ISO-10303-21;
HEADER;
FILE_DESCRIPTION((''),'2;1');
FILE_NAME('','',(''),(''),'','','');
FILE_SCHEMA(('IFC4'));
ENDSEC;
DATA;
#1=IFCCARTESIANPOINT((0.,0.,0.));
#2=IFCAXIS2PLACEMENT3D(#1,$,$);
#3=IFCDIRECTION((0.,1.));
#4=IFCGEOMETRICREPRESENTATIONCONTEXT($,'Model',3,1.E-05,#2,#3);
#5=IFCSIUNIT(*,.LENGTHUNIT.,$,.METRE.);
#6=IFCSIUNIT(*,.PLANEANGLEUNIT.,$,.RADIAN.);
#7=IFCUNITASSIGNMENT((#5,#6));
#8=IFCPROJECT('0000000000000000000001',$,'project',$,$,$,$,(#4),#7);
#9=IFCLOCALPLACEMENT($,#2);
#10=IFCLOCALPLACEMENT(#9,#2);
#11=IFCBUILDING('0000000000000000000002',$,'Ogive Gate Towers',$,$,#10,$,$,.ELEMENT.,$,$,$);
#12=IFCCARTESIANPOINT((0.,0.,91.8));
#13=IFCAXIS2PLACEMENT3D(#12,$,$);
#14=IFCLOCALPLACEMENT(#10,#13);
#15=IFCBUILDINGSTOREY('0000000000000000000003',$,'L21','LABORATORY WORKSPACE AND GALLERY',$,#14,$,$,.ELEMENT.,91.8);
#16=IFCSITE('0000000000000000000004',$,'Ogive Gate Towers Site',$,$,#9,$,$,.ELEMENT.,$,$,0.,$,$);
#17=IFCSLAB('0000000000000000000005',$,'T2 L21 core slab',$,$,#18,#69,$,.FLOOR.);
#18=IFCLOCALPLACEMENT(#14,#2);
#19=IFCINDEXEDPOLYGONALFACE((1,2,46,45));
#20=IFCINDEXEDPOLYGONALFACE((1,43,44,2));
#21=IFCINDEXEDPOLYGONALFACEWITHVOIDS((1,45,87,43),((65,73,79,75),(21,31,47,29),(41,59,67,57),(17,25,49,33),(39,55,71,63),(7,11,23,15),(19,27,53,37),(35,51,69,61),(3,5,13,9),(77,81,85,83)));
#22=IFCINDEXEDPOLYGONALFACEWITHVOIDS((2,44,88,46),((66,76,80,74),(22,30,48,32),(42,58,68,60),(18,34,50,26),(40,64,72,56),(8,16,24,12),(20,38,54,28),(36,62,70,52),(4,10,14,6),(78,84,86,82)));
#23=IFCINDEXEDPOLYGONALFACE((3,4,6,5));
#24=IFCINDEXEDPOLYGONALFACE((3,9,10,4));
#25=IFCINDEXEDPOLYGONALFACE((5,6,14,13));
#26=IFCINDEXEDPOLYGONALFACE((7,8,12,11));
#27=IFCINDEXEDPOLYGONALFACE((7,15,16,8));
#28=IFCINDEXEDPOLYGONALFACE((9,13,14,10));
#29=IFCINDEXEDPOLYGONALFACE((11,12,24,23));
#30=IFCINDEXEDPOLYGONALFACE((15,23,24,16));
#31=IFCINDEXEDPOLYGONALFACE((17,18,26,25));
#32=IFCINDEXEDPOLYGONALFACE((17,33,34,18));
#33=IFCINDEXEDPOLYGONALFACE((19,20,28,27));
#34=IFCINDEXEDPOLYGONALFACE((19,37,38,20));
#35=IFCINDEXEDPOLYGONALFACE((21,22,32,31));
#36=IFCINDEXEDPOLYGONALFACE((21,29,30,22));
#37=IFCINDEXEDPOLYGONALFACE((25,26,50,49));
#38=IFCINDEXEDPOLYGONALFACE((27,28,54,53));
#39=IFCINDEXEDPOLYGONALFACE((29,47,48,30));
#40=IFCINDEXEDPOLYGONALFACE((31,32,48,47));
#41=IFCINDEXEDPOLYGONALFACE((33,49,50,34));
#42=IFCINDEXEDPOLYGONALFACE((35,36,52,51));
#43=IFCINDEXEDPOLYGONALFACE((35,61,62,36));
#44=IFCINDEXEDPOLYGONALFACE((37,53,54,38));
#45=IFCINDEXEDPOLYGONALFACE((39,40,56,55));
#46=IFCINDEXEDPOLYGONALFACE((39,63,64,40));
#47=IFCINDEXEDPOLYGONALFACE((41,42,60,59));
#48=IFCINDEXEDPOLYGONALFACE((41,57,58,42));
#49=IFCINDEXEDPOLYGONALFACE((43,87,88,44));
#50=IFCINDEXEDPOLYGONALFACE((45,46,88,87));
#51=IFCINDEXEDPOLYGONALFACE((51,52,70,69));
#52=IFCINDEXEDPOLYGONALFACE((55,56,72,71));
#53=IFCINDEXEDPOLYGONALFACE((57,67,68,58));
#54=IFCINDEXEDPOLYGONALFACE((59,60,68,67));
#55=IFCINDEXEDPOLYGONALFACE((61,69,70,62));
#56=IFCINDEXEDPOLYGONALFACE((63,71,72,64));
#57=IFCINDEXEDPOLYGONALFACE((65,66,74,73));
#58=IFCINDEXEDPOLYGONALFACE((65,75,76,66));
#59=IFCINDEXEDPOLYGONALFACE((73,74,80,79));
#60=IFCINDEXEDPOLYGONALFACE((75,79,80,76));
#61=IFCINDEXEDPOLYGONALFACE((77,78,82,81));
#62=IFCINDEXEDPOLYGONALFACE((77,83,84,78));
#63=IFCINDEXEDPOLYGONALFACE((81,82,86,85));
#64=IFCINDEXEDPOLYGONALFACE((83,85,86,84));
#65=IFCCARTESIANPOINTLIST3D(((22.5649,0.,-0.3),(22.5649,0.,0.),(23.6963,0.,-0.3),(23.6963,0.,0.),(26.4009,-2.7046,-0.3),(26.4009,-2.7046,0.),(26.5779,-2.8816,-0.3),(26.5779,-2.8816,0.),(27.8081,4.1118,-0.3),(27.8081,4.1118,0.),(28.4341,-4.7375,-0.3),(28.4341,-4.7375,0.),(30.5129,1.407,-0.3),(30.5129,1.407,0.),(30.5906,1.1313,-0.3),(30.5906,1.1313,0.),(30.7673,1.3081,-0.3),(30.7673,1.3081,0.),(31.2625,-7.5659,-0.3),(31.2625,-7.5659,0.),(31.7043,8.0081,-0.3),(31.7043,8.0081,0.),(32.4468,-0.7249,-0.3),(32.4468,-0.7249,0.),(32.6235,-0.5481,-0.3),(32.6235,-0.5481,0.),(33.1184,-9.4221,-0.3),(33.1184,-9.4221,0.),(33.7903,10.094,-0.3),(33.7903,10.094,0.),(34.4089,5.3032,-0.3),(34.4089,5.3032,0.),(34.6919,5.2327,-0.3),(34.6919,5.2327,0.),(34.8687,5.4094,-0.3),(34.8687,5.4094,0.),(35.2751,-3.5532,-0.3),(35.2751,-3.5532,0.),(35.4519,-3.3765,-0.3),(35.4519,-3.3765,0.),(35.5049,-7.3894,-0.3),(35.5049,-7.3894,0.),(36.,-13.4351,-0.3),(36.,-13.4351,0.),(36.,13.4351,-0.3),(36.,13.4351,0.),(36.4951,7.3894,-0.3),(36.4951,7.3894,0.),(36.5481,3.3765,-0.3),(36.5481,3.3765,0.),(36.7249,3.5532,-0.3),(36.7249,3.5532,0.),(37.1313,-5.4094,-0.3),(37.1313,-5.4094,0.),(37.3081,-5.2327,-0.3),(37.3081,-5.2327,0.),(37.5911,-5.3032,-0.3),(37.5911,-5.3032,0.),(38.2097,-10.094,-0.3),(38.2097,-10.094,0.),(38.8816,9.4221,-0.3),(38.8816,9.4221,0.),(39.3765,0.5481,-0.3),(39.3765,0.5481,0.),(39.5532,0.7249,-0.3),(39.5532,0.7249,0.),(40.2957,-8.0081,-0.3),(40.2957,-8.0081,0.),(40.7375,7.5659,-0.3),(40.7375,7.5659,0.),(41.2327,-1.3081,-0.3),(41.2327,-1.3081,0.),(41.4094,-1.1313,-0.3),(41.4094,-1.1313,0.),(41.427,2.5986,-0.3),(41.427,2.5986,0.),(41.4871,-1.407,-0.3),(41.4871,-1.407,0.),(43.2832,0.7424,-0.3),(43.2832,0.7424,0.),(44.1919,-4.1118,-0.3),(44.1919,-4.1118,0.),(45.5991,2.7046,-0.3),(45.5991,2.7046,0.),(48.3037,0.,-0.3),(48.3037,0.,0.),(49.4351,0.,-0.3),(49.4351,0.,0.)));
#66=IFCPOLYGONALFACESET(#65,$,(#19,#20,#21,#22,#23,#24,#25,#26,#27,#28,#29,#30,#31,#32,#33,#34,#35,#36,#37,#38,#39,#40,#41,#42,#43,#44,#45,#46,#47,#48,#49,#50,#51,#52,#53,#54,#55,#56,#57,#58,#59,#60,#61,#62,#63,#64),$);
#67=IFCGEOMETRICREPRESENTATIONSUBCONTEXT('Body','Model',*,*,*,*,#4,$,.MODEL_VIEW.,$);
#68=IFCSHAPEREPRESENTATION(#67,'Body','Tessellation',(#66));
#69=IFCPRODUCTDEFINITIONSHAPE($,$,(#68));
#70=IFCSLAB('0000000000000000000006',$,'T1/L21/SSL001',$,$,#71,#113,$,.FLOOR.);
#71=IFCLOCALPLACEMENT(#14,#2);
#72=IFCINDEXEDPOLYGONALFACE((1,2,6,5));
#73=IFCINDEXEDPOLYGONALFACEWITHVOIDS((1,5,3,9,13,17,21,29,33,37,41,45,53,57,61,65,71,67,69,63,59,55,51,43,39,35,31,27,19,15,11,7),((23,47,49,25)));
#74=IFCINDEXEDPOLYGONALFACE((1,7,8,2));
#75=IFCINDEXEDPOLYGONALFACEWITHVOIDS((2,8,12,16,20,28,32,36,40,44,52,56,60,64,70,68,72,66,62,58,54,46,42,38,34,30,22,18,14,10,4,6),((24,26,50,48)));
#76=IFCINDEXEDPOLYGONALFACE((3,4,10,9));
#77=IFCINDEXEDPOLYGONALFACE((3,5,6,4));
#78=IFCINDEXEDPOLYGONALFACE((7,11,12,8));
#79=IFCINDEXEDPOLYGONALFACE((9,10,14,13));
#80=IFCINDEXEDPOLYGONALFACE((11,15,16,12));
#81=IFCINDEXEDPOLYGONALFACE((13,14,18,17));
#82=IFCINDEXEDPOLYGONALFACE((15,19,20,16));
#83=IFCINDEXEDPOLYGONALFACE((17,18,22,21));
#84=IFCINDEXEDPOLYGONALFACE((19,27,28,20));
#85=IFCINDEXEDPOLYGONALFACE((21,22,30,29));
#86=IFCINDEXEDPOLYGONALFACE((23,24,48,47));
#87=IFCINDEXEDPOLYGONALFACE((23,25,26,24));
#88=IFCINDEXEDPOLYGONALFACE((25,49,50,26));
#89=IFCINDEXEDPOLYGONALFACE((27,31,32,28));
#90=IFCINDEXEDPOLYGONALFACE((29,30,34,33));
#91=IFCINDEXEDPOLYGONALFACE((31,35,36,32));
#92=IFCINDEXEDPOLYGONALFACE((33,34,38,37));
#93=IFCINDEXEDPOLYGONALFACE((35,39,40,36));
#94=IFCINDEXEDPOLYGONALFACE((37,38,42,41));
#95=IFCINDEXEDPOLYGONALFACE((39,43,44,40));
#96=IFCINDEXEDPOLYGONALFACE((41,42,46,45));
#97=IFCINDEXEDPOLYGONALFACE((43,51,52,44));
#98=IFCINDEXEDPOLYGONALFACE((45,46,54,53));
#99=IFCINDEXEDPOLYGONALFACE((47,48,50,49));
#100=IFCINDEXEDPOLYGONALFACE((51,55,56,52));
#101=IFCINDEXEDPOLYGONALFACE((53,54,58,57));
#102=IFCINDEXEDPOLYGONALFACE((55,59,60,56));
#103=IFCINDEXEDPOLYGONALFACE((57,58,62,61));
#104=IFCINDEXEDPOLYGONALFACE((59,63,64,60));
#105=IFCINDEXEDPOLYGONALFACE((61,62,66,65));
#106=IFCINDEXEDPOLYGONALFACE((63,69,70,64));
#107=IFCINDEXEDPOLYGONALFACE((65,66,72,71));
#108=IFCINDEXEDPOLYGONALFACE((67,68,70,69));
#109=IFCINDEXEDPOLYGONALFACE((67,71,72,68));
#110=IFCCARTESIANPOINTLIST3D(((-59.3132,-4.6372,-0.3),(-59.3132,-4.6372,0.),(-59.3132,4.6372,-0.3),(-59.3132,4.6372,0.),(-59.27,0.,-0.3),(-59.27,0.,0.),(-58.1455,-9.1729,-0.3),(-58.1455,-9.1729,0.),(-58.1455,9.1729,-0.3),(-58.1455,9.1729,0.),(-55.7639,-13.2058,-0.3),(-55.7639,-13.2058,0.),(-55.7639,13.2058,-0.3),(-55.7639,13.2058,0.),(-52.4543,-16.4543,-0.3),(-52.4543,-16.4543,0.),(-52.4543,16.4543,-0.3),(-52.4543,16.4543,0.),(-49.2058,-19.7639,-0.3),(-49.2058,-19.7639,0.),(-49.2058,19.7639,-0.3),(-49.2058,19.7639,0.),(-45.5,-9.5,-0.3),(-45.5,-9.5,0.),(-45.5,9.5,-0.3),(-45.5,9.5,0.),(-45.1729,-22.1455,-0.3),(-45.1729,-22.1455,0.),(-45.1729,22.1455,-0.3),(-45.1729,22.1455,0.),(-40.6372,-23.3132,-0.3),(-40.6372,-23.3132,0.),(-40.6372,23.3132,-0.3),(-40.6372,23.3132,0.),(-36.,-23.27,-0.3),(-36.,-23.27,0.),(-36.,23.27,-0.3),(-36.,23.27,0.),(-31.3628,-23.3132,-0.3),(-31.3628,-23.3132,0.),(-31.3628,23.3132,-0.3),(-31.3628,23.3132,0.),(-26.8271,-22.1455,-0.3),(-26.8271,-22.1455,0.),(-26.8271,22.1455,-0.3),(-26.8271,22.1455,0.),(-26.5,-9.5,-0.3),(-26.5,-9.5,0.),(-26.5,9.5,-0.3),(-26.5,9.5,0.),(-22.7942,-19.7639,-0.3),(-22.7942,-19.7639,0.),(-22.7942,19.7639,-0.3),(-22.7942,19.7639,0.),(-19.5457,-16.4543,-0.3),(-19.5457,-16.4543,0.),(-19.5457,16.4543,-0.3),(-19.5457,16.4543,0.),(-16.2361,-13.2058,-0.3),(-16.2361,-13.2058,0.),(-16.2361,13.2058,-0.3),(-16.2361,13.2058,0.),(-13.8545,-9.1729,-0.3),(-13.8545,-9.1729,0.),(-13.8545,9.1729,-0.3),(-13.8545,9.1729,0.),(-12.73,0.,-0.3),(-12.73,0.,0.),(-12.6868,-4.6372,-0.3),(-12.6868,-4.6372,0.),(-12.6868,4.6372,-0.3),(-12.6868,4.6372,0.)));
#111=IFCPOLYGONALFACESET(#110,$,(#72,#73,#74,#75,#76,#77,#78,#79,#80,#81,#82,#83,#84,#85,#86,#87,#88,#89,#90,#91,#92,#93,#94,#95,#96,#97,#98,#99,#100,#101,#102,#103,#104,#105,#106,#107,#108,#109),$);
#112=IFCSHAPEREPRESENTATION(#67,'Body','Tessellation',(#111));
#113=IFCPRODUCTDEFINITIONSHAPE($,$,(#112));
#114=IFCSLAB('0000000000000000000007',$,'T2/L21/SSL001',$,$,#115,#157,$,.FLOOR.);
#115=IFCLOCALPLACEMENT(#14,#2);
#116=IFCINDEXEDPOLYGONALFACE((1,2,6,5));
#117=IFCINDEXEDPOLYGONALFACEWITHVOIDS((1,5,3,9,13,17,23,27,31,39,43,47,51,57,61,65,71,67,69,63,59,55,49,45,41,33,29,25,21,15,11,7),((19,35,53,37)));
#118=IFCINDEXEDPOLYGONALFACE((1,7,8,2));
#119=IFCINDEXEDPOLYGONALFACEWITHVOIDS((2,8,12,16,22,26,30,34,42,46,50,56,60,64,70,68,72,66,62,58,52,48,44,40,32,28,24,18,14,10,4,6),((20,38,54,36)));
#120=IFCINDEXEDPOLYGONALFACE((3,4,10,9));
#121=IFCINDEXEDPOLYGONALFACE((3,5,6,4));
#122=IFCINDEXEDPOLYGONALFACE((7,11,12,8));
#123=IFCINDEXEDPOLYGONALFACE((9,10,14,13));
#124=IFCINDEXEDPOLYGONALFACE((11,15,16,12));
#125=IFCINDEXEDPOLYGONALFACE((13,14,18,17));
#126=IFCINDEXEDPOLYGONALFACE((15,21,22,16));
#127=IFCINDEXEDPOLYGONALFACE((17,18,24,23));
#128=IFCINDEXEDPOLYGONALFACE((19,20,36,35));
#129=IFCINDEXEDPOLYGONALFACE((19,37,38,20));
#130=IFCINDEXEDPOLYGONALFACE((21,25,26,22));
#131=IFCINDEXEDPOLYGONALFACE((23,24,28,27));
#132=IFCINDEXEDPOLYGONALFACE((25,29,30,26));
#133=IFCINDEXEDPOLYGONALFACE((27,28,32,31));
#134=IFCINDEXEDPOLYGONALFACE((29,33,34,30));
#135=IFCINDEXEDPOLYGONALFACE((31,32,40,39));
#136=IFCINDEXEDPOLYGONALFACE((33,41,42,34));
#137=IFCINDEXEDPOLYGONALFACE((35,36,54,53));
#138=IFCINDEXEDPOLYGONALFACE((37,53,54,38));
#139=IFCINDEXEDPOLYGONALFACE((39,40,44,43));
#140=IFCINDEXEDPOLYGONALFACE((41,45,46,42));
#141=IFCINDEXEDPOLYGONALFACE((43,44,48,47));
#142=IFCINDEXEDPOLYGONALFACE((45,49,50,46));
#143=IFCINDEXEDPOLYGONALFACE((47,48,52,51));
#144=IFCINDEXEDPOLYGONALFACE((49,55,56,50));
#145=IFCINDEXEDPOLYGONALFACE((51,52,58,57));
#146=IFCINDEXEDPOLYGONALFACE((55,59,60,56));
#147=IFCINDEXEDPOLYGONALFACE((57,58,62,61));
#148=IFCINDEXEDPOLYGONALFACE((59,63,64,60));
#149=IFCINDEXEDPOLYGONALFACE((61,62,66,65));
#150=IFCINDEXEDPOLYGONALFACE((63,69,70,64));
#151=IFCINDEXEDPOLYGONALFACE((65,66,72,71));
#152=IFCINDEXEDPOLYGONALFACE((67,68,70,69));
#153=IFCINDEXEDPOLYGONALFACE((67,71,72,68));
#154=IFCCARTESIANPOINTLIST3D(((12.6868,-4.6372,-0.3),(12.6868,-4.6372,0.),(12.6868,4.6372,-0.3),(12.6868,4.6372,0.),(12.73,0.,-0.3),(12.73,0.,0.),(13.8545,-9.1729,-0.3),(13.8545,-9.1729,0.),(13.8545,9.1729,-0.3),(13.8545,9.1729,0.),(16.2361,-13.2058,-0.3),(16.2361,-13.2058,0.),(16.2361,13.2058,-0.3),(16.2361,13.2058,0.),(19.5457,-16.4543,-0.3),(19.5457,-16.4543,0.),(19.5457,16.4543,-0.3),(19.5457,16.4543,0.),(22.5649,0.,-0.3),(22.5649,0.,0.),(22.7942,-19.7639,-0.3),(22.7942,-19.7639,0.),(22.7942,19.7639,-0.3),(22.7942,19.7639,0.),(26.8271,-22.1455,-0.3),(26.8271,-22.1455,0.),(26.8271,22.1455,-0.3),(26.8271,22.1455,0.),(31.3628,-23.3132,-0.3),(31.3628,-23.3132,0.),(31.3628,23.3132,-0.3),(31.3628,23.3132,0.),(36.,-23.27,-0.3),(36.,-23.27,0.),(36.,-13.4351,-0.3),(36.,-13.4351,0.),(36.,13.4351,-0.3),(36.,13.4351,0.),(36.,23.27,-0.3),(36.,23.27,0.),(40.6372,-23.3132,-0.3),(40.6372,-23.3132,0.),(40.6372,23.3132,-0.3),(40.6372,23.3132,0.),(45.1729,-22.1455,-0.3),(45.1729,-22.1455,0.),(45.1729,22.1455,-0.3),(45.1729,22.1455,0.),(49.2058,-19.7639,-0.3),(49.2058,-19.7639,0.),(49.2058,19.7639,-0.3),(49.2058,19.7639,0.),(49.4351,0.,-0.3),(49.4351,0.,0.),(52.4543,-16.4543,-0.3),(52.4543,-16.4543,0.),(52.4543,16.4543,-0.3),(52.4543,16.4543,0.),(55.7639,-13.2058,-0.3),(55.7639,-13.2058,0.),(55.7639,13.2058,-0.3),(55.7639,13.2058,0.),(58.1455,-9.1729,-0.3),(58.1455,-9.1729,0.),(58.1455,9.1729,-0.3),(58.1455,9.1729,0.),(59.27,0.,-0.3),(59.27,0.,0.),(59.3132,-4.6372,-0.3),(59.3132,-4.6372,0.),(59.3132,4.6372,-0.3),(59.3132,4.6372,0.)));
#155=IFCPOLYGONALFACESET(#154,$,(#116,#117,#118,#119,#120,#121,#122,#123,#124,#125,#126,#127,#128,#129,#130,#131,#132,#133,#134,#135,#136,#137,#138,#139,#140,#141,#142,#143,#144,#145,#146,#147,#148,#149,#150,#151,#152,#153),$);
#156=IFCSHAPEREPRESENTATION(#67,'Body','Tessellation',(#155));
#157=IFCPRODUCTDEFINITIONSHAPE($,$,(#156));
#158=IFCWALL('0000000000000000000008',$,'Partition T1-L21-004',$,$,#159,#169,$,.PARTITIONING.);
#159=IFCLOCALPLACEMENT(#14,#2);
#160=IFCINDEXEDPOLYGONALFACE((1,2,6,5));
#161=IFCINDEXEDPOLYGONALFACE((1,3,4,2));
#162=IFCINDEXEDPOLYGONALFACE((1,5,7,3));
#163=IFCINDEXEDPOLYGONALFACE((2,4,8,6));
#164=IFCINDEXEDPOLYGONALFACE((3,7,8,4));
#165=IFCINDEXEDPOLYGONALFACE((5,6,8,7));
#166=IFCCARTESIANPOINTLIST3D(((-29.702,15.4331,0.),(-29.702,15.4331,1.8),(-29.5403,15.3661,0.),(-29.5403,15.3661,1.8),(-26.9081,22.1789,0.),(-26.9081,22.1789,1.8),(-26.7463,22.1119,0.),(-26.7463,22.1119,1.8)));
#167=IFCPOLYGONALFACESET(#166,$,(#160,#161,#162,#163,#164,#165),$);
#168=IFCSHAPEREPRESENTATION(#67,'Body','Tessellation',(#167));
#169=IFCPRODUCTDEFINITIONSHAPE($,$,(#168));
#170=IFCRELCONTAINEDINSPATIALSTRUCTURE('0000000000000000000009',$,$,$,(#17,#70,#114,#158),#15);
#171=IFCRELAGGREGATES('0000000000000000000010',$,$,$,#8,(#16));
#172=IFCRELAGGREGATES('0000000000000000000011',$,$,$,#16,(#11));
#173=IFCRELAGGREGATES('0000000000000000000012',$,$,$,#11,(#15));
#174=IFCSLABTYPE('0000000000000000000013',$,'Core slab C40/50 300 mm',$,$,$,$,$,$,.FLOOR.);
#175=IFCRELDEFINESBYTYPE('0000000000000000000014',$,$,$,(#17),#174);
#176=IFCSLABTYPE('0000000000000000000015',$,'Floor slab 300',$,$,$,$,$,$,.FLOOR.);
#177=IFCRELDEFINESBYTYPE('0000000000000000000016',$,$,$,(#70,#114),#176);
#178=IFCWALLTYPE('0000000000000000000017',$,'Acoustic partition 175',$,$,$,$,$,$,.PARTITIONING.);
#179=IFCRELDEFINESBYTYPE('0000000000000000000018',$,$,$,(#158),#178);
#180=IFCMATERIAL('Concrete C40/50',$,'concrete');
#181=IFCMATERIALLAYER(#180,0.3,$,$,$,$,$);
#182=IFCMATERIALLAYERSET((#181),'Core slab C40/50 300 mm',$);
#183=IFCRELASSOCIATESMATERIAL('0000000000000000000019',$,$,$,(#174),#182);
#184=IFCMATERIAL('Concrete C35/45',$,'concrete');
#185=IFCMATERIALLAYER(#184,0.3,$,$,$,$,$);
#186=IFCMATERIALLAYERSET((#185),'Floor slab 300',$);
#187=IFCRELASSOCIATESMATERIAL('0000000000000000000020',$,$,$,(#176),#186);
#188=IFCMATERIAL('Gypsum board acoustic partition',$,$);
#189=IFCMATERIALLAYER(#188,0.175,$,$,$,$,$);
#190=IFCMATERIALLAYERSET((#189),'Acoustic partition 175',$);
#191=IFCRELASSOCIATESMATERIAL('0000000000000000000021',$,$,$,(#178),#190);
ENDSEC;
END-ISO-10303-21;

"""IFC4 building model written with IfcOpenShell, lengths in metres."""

from ifc_helpers import new_model, si_unit, direction, frame, frame_2d, origin, place, context, subcontext, project, spatial, polyline, rectangle, outline, extrude, material, layer, layer_set, type_object, element, save


model = new_model("IFC4")

# Units and contexts
model_context = context("Model", 3, precision=1e-05, world=origin(), true_north=direction((0.0, 1.0)))
body_context = subcontext(model_context, "Body", "Model", "MODEL_VIEW")
ifc_project = project(units=[si_unit("LENGTHUNIT", "METRE"), si_unit("PLANEANGLEUNIT", "RADIAN")], contexts=[model_context])

# Site, building, storey
site_placement = place(None, origin())
site = spatial("IfcSite", under=ifc_project, at=site_placement, Name="Ogive Gate Towers Site", CompositionType="ELEMENT", RefElevation=0.0)
building_placement = place(site_placement, origin())
building = spatial("IfcBuilding", under=site, at=building_placement, Name="Ogive Gate Towers", CompositionType="ELEMENT")
storey_placement = place(building_placement, frame((0.0, 0.0, 91.8)))
storey = spatial("IfcBuildingStorey", under=building, at=storey_placement, Name="L21", Description="LABORATORY WORKSPACE AND GALLERY", CompositionType="ELEMENT", Elevation=91.8)

# Slabs
ifc_material_1 = material(Name="Concrete C40/50", Category="concrete")
ifc_layer_1 = layer(ifc_material_1, 0.3)
ifc_layer_set_1 = layer_set([ifc_layer_1], Name="Core slab C40/50 300 mm")
slab_type_1 = type_object("IfcSlabType", Name="Core slab C40/50 300 mm", PredefinedType="FLOOR", material=ifc_layer_set_1)
slab_1_placement = place(storey_placement, frame((0.0, 0.0, -0.3)))
element("IfcSlab", 1, at=slab_1_placement, inside=storey, type_object=slab_type_1, Name="T2 L21 core slab", PredefinedType="FLOOR", context=body_context, shape_type="SweptSolid", body=[
    extrude(outline(polyline([(36.0, 13.4351), (49.4351, 0.0), (36.0, -13.4351), (22.5649, 0.0), (36.0, 13.4351)]), holes=[polyline([(30.5906, 1.1313), (26.5779, -2.8816), (28.4341, -4.7375), (32.4468, -0.7249), (30.5906, 1.1313)]), polyline([(36.5481, 3.3765), (34.6919, 5.2327), (30.7673, 1.3081), (32.6235, -0.5481), (36.5481, 3.3765)]), polyline([(36.7249, 3.5532), (40.7375, 7.5659), (38.8816, 9.4221), (34.8687, 5.4094), (36.7249, 3.5532)]), polyline([(31.2625, -7.5659), (33.1184, -9.4221), (37.1313, -5.4094), (35.2751, -3.5532), (31.2625, -7.5659)]), polyline([(39.3765, 0.5481), (35.4519, -3.3765), (37.3081, -5.2327), (41.2327, -1.3081), (39.3765, 0.5481)]), polyline([(43.2832, 0.7424), (41.427, 2.5986), (39.5532, 0.7249), (41.4094, -1.1313), (43.2832, 0.7424)]), polyline([(34.4089, 5.3032), (36.4951, 7.3894), (33.7903, 10.094), (31.7043, 8.0081), (34.4089, 5.3032)]), polyline([(35.5049, -7.3894), (38.2097, -10.094), (40.2957, -8.0081), (37.5911, -5.3032), (35.5049, -7.3894)]), polyline([(26.4009, -2.7046), (30.5129, 1.407), (27.8081, 4.1118), (23.6963, 0.0), (26.4009, -2.7046)]), polyline([(48.3037, 0.0), (45.5991, 2.7046), (41.4871, -1.407), (44.1919, -4.1118), (48.3037, 0.0)])]), origin(), (0.0, 0.0, 1.0), 0.3),
])
ifc_material_2 = material(Name="Concrete C35/45", Category="concrete")
ifc_layer_2 = layer(ifc_material_2, 0.3)
ifc_layer_set_2 = layer_set([ifc_layer_2], Name="Floor slab 300")
slab_type_2 = type_object("IfcSlabType", Name="Floor slab 300", PredefinedType="FLOOR", material=ifc_layer_set_2)
slab_2_placement = place(storey_placement, frame((0.0, 0.0, -0.3)))
element("IfcSlab", 2, at=slab_2_placement, inside=storey, type_object=slab_type_2, Name="T1/L21/SSL001", PredefinedType="FLOOR", context=body_context, shape_type="SweptSolid", body=[
    extrude(outline(polyline([(-12.6868, -4.6372), (-12.73, 0.0), (-12.6868, 4.6372), (-13.8545, 9.1729), (-16.2361, 13.2058), (-19.5457, 16.4543), (-22.7942, 19.7639), (-26.8271, 22.1455), (-31.3628, 23.3132), (-36.0, 23.27), (-40.6372, 23.3132), (-45.1729, 22.1455), (-49.2058, 19.7639), (-52.4543, 16.4543), (-55.7639, 13.2058), (-58.1455, 9.1729), (-59.3132, 4.6372), (-59.27, 0.0), (-59.3132, -4.6372), (-58.1455, -9.1729), (-55.7639, -13.2058), (-52.4543, -16.4543), (-49.2058, -19.7639), (-45.1729, -22.1455), (-40.6372, -23.3132), (-36.0, -23.27), (-31.3628, -23.3132), (-26.8271, -22.1455), (-22.7942, -19.7639), (-19.5457, -16.4543), (-16.2361, -13.2058), (-13.8545, -9.1729), (-12.6868, -4.6372)]), holes=[polyline([(-26.5, -9.5), (-45.5, -9.5), (-45.5, 9.5), (-26.5, 9.5), (-26.5, -9.5)])]), origin(), (0.0, 0.0, 1.0), 0.3),
])
slab_3_placement = place(storey_placement, frame((0.0, 0.0, -0.3)))
element("IfcSlab", 3, at=slab_3_placement, inside=storey, type_object=slab_type_2, Name="T2/L21/SSL001", PredefinedType="FLOOR", context=body_context, shape_type="SweptSolid", body=[
    extrude(outline(polyline([(59.3132, -4.6372), (59.27, 0.0), (59.3132, 4.6372), (58.1455, 9.1729), (55.7639, 13.2058), (52.4543, 16.4543), (49.2058, 19.7639), (45.1729, 22.1455), (40.6372, 23.3132), (36.0, 23.27), (31.3628, 23.3132), (26.8271, 22.1455), (22.7942, 19.7639), (19.5457, 16.4543), (16.2361, 13.2058), (13.8545, 9.1729), (12.6868, 4.6372), (12.73, 0.0), (12.6868, -4.6372), (13.8545, -9.1729), (16.2361, -13.2058), (19.5457, -16.4543), (22.7942, -19.7639), (26.8271, -22.1455), (31.3628, -23.3132), (36.0, -23.27), (40.6372, -23.3132), (45.1729, -22.1455), (49.2058, -19.7639), (52.4543, -16.4543), (55.7639, -13.2058), (58.1455, -9.1729), (59.3132, -4.6372)]), holes=[polyline([(49.4351, 0.0), (36.0, -13.4351), (22.5649, 0.0), (36.0, 13.4351), (49.4351, 0.0)])]), origin(), (0.0, 0.0, 1.0), 0.3),
])

# Wall
ifc_material_3 = material(Name="Gypsum board acoustic partition")
ifc_layer_3 = layer(ifc_material_3, 0.175)
ifc_layer_set_3 = layer_set([ifc_layer_3], Name="Acoustic partition 175")
wall_type_1 = type_object("IfcWallType", Name="Acoustic partition 175", PredefinedType="PARTITIONING", material=ifc_layer_set_3)
wall_1_placement = place(storey_placement, frame((-26.8271, 22.1455, 0.0), z_axis=(0.0, 0.0, 1.0), x_axis=(-0.382651, -0.923893, 0.0)))
element("IfcWall", 4, at=wall_1_placement, inside=storey, type_object=wall_type_1, Name="Partition T1-L21-004", PredefinedType="PARTITIONING", context=body_context, shape_type="SweptSolid", body=[
    extrude(rectangle(XDim=7.3015, YDim=0.175, at=frame_2d((3.6509, 0.0))), origin(), (0.0, 0.0, 1.0), 1.8),
])

save(model, "model.ifc")
